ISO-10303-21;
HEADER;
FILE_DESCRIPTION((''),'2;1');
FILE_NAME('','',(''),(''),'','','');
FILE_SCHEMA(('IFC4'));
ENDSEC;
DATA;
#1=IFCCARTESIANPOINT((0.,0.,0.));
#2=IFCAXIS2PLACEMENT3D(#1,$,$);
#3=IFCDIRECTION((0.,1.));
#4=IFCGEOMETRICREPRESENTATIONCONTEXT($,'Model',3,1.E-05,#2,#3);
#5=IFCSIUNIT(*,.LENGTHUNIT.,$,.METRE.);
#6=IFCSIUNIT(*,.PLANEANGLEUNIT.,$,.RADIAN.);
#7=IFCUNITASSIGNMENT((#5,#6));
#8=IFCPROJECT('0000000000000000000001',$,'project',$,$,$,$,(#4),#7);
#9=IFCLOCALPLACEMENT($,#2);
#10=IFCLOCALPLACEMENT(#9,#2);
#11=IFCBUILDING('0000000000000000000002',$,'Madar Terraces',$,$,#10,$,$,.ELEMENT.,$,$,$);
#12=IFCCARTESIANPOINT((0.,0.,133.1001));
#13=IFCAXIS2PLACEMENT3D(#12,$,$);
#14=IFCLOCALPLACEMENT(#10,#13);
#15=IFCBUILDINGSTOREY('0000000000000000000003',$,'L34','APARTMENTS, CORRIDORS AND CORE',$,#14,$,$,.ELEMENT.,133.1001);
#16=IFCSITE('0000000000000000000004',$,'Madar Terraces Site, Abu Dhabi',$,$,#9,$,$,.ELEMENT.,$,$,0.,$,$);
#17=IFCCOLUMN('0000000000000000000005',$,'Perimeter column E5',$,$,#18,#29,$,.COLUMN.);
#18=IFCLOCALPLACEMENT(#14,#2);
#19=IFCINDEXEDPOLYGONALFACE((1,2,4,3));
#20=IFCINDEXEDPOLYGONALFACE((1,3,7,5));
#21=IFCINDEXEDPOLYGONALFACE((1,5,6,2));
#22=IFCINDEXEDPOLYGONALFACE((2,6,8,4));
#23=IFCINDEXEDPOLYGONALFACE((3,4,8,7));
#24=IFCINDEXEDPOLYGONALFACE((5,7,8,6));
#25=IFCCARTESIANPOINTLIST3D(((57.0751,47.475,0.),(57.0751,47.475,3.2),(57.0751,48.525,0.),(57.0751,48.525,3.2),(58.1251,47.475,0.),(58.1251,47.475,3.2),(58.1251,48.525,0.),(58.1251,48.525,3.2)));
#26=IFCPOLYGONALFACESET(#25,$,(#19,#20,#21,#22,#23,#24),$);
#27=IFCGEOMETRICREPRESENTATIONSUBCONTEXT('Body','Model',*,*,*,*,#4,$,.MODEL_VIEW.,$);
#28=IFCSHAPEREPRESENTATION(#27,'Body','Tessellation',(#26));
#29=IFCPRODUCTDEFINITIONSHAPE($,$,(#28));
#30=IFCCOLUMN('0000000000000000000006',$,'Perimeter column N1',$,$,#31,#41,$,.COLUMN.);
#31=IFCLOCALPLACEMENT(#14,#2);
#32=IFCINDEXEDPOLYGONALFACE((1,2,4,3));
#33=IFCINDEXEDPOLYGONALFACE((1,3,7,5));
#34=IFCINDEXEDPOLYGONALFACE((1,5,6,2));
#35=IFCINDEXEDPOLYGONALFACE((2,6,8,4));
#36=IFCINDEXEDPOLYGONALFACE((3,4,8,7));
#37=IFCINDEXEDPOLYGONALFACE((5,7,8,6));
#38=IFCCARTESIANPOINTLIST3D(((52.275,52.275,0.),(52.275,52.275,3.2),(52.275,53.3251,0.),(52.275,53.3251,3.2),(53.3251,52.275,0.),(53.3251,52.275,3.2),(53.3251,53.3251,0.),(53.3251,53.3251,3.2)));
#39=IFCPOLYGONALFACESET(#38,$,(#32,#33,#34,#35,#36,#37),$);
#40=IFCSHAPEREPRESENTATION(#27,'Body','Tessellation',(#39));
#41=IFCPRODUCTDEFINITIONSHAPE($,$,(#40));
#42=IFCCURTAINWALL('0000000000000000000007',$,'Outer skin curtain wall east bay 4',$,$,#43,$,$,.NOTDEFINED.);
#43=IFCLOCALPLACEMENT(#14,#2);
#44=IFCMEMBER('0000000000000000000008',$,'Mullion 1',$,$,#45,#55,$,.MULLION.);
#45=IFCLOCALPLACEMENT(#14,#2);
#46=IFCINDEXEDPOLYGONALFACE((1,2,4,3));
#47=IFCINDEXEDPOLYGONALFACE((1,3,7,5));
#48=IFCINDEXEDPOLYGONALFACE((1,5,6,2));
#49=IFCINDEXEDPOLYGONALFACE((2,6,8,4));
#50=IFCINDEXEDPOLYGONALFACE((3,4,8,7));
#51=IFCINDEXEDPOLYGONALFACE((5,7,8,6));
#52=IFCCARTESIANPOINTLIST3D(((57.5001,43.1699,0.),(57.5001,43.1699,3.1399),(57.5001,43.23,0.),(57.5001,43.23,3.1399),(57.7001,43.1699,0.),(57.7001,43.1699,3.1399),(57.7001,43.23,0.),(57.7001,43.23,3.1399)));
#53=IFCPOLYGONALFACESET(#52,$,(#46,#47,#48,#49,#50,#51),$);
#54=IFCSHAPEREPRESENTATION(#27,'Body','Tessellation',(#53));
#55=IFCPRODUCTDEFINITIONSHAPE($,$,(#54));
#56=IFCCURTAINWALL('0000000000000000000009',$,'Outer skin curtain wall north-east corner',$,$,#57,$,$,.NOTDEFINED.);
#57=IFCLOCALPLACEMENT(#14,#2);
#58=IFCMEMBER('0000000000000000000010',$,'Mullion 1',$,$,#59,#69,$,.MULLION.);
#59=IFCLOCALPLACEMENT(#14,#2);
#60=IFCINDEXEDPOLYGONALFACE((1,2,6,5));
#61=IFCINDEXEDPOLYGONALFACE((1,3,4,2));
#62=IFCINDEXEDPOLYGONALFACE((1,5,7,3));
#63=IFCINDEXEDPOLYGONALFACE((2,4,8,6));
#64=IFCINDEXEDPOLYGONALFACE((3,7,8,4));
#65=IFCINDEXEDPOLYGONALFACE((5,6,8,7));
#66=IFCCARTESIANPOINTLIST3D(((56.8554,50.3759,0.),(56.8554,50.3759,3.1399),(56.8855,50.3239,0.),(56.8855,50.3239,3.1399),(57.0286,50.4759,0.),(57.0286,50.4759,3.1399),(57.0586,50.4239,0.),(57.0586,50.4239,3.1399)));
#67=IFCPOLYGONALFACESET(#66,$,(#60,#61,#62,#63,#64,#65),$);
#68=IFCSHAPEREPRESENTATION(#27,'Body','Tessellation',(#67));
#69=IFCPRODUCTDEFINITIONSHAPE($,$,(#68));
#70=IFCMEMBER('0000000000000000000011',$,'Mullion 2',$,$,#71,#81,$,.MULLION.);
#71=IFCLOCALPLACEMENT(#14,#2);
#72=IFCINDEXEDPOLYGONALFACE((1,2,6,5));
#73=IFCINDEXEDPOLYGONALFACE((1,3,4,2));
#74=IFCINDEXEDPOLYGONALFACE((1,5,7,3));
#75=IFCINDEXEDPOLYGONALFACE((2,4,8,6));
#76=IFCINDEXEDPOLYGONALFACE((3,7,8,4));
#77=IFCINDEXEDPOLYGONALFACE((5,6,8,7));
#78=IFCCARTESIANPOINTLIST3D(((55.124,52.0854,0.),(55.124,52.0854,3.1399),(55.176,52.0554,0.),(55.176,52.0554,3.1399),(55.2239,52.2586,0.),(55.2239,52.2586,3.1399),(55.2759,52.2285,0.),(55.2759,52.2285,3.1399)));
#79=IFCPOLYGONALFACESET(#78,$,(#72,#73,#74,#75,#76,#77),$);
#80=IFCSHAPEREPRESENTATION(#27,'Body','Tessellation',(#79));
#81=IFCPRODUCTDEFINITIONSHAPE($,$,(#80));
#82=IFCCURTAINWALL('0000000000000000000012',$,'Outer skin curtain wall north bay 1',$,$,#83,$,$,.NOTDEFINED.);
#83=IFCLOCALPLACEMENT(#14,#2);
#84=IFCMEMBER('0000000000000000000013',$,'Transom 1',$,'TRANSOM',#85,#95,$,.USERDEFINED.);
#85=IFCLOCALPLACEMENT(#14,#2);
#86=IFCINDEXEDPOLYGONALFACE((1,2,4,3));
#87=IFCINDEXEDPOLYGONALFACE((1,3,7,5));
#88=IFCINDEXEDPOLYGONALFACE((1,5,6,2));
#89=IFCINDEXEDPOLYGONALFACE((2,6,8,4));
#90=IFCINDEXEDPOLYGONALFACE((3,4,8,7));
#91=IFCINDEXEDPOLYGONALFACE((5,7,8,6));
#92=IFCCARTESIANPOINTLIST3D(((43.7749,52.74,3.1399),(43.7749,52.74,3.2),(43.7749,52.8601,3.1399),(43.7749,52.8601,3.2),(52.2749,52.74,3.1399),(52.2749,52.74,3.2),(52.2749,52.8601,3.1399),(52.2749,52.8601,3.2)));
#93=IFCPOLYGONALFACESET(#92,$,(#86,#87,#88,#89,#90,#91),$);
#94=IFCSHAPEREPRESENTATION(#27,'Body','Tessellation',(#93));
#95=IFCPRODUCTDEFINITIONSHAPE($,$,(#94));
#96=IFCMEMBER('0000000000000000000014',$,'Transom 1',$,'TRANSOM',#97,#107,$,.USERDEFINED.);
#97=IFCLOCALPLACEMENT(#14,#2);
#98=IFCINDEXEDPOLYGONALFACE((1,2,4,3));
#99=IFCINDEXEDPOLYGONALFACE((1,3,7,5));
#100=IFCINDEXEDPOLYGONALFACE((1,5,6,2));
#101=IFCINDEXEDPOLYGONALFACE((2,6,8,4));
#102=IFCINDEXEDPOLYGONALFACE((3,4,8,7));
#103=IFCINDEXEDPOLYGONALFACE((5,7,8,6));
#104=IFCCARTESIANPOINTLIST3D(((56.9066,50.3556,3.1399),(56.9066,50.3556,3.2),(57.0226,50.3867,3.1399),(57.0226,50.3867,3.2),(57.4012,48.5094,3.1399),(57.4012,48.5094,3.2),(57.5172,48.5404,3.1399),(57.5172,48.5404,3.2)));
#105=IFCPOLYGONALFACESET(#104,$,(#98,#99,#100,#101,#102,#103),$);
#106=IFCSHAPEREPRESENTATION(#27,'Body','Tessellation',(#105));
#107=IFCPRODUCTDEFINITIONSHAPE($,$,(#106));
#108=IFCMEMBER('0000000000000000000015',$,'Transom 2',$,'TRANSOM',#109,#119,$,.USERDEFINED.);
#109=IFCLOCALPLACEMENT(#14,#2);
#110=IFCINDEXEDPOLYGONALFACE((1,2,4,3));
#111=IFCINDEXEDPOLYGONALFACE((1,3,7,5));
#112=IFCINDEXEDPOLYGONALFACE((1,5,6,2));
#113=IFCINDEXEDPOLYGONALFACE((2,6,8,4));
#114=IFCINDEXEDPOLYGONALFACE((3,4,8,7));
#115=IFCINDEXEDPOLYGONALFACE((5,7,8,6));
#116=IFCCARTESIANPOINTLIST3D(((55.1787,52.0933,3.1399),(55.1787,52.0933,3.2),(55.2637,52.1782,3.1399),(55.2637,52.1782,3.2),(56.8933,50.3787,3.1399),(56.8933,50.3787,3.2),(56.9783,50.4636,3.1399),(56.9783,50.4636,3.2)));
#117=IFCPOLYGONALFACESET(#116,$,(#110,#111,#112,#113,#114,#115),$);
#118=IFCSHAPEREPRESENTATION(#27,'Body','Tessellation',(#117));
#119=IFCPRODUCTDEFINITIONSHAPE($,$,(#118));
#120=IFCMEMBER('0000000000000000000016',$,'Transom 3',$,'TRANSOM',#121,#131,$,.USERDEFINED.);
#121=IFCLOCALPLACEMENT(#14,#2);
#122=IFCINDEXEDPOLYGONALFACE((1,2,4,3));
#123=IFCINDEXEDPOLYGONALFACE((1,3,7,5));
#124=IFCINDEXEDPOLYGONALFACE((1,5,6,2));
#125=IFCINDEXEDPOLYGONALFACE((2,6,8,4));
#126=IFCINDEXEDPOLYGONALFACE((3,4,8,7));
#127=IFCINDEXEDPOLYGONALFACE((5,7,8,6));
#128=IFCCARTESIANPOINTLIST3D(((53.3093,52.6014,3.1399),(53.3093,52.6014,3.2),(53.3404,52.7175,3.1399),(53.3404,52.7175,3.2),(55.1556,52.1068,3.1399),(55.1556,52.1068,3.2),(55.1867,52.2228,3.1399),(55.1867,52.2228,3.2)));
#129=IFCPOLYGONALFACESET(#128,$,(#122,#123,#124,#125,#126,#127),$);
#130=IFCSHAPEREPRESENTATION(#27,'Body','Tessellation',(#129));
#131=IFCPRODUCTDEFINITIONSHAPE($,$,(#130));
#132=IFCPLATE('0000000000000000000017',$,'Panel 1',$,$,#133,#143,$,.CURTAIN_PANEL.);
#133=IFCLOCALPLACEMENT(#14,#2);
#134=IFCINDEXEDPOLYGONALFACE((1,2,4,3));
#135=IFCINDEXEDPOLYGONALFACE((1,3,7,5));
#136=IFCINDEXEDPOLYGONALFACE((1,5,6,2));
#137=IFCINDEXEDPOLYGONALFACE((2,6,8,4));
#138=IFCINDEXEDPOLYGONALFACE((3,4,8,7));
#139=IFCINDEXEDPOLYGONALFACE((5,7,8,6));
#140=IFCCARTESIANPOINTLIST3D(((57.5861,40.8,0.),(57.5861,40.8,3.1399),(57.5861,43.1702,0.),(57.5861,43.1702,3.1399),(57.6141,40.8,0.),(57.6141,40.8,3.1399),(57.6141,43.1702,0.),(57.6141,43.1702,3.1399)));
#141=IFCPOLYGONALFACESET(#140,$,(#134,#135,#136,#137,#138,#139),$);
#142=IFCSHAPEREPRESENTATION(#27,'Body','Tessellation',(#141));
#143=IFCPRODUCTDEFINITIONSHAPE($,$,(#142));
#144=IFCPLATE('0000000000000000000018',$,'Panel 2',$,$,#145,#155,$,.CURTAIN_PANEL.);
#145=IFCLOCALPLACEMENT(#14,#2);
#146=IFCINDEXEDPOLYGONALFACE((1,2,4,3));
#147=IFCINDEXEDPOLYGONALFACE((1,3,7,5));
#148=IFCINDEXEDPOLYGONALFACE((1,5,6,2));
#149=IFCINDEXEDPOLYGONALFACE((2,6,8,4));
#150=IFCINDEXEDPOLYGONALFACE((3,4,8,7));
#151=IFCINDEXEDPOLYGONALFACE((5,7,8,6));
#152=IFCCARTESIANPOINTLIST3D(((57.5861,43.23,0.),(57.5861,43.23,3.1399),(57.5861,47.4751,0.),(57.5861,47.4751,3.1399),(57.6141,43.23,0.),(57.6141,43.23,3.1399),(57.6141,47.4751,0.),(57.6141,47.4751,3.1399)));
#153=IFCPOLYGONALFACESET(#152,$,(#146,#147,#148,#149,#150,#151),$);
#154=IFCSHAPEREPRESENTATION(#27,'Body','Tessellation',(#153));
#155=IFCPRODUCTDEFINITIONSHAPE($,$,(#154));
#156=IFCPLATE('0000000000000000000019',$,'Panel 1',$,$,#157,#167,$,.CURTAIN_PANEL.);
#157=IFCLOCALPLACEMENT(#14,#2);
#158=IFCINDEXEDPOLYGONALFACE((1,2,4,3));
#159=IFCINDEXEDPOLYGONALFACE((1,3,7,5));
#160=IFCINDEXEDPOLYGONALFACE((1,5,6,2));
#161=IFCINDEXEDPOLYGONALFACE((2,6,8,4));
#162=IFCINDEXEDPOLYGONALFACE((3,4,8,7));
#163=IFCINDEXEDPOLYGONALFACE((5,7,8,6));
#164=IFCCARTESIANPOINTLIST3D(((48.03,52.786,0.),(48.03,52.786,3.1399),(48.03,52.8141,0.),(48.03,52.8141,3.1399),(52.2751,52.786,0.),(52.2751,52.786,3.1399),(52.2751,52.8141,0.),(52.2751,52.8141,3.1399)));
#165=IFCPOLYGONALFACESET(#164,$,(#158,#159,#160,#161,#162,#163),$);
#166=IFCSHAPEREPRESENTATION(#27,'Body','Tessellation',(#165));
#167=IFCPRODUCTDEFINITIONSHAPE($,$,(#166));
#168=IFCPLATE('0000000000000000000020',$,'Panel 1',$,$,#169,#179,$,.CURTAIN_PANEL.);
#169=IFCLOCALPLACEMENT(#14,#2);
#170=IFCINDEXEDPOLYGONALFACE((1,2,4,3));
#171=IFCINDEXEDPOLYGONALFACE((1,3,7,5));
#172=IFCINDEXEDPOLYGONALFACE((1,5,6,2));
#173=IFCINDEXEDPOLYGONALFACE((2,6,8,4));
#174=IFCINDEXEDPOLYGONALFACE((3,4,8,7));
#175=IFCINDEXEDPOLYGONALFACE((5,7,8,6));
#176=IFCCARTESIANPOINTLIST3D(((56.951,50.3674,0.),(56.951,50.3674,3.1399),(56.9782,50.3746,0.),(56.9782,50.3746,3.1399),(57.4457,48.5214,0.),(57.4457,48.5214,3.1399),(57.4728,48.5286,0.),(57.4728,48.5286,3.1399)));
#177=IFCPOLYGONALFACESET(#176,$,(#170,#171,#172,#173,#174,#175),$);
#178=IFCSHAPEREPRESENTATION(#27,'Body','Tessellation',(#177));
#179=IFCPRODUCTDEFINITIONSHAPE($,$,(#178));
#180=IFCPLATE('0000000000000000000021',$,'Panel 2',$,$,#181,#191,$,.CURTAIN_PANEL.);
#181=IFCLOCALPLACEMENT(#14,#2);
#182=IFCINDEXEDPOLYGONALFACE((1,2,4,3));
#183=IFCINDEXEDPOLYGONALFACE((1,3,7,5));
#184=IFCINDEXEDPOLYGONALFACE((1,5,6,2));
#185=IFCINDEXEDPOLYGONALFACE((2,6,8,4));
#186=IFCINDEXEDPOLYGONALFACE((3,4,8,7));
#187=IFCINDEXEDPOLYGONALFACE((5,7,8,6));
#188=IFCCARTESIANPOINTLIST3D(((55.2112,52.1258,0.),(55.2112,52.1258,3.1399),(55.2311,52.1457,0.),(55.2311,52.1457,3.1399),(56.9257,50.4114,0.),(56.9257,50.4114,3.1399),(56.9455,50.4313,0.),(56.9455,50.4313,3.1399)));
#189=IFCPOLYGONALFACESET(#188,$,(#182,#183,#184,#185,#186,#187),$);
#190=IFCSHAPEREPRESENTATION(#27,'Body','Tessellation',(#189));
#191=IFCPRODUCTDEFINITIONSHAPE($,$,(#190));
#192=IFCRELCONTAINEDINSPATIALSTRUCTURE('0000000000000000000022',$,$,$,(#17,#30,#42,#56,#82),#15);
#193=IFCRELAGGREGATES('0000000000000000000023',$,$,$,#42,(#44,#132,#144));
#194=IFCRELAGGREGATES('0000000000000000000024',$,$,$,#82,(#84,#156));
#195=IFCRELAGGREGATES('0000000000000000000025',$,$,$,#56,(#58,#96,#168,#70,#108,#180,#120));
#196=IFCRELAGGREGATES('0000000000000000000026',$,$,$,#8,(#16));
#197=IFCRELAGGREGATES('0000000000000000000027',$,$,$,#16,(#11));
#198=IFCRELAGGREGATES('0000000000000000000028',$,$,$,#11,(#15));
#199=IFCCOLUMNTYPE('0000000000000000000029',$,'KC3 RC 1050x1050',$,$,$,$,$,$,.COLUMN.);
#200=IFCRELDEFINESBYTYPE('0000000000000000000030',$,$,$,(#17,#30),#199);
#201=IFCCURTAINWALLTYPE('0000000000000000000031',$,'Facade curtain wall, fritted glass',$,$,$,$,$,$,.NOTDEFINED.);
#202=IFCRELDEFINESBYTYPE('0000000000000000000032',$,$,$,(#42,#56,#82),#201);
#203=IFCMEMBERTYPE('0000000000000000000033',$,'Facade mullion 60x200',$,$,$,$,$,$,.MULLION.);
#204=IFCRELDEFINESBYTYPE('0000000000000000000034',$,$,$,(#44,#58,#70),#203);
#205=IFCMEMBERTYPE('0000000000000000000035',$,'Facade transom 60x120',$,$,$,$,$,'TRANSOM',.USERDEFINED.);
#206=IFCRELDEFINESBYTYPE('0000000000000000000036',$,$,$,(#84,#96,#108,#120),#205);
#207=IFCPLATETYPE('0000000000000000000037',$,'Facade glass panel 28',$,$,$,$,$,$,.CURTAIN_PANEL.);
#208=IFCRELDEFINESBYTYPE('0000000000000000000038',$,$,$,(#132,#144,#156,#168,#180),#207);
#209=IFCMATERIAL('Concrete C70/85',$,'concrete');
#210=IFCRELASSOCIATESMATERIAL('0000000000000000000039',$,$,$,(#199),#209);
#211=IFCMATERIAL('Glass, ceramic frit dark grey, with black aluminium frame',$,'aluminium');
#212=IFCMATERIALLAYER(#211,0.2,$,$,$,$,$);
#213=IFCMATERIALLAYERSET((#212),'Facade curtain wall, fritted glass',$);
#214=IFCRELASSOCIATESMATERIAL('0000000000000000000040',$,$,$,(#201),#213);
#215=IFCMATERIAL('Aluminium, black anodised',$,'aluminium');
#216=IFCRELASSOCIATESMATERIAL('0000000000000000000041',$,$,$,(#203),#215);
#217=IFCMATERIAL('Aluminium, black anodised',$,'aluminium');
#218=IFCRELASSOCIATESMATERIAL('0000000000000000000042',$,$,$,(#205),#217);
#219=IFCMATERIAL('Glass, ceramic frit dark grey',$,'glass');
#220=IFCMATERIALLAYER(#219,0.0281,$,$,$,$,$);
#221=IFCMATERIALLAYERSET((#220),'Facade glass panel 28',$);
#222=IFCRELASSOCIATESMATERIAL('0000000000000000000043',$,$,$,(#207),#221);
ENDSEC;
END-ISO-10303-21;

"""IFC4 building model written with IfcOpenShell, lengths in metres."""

from ifc_helpers import new_model, si_unit, direction, frame, origin, origin_2d, place, context, subcontext, project, spatial, rectangle, extrude, material, layer, layer_set, material_profile, profile_set, type_object, element, aggregate, save


model = new_model("IFC4")

# Units and contexts
model_context = context("Model", 3, precision=1e-05, world=origin(), true_north=direction((0.0, 1.0)))
body_context = subcontext(model_context, "Body", "Model", "MODEL_VIEW")
ifc_project = project(units=[si_unit("LENGTHUNIT", "METRE"), si_unit("PLANEANGLEUNIT", "RADIAN")], contexts=[model_context])

# Site, building, storey
site_placement = place(None, origin())
site = spatial("IfcSite", under=ifc_project, at=site_placement, Name="Madar Terraces Site, Abu Dhabi", CompositionType="ELEMENT", RefElevation=0.0)
building_placement = place(site_placement, origin())
building = spatial("IfcBuilding", under=site, at=building_placement, Name="Madar Terraces", CompositionType="ELEMENT")
storey_placement = place(building_placement, frame((0.0, 0.0, 133.1001)))
storey = spatial("IfcBuildingStorey", under=building, at=storey_placement, Name="L34", Description="APARTMENTS, CORRIDORS AND CORE", CompositionType="ELEMENT", Elevation=133.1001)

# Columns
ifc_material_1 = material(Name="Concrete C70/85", Category="concrete")
ifc_material_profile_1 = material_profile(ifc_material_1, rectangle(XDim=1.05, YDim=1.05, at=origin_2d()), Name="KC3 RC 1050x1050")
ifc_profile_set_1 = profile_set([ifc_material_profile_1], Name="Concrete C70/85")
column_type = type_object("IfcColumnType", Name="KC3 RC 1050x1050", PredefinedType="COLUMN", material=ifc_profile_set_1)
for number, where, z_axis, x_axis, name in (
    (1, (57.6001, 48.0, 0.0), (0.0, 0.0, 1.0), (1.0, 0.0, 0.0), "Perimeter column E5"),
    (2, (52.8, 52.8, 0.0), (0.0, 0.0, 1.0), (1.0, 0.0, 0.0), "Perimeter column N1"),
):
    element("IfcColumn", number, at=place(storey_placement, frame(where, z_axis=z_axis, x_axis=x_axis)), inside=storey, type_object=column_type, Name=name, PredefinedType="COLUMN", context=body_context, shape_type="SweptSolid", body=[
        extrude(rectangle(XDim=1.05, YDim=1.05, at=origin_2d()), origin(), (0.0, 0.0, 1.0), 3.2),
    ])

# Curtain wall, member
ifc_material_2 = material(Name="Glass, ceramic frit dark grey, with black aluminium frame", Category="aluminium")
ifc_layer_1 = layer(ifc_material_2, 0.2)
ifc_layer_set_1 = layer_set([ifc_layer_1], Name="Facade curtain wall, fritted glass")
curtain_wall_type = type_object("IfcCurtainWallType", Name="Facade curtain wall, fritted glass", PredefinedType="NOTDEFINED", material=ifc_layer_set_1)
curtain_wall_1_placement = place(storey_placement, origin())
curtain_wall_1 = element("IfcCurtainWall", 3, at=curtain_wall_1_placement, inside=storey, type_object=curtain_wall_type, Name="Outer skin curtain wall east bay 4", PredefinedType="NOTDEFINED")
ifc_material_3 = material(Name="Aluminium, black anodised", Category="aluminium")
ifc_material_profile_2 = material_profile(ifc_material_3, rectangle(XDim=0.2, YDim=0.0601, at=origin_2d()), Name="Facade mullion 60x200")
ifc_profile_set_2 = profile_set([ifc_material_profile_2], Name="Aluminium, black anodised")
member_type_1 = type_object("IfcMemberType", Name="Facade mullion 60x200", PredefinedType="MULLION", material=ifc_profile_set_2)
member_1_placement = place(storey_placement, frame((57.6001, 43.2, 0.0), z_axis=(0.0, 0.0, 1.0), x_axis=(-1.0, 0.0, 0.0)))
member_1 = element("IfcMember", 4, at=member_1_placement, type_object=member_type_1, Name="Mullion 1", PredefinedType="MULLION", context=body_context, shape_type="SweptSolid", body=[
    extrude(rectangle(XDim=0.2, YDim=0.0601, at=origin_2d()), origin(), (0.0, 0.0, 1.0), 3.1399),
])

# Curtain wall, members
curtain_wall_2_placement = place(storey_placement, origin())
curtain_wall_2 = element("IfcCurtainWall", 5, at=curtain_wall_2_placement, inside=storey, type_object=curtain_wall_type, Name="Outer skin curtain wall north-east corner", PredefinedType="NOTDEFINED")
member_2_placement = place(storey_placement, frame((56.957, 50.3999, 0.0), z_axis=(0.0, 0.0, 1.0), x_axis=(-0.866025, -0.5, 0.0)))
member_2 = element("IfcMember", 6, at=member_2_placement, type_object=member_type_1, Name="Mullion 1", PredefinedType="MULLION", context=body_context, shape_type="SweptSolid", body=[
    extrude(rectangle(XDim=0.2, YDim=0.0601, at=origin_2d()), origin(), (0.0, 0.0, 1.0), 3.1399),
])
member_3_placement = place(storey_placement, frame((55.2, 52.157, 0.0), z_axis=(0.0, 0.0, 1.0), x_axis=(-0.5, -0.866025, 0.0)))
member_3 = element("IfcMember", 7, at=member_3_placement, type_object=member_type_1, Name="Mullion 2", PredefinedType="MULLION", context=body_context, shape_type="SweptSolid", body=[
    extrude(rectangle(XDim=0.2, YDim=0.0601, at=origin_2d()), origin(), (0.0, 0.0, 1.0), 3.1399),
])

# Curtain wall, member
curtain_wall_3_placement = place(storey_placement, origin())
curtain_wall_3 = element("IfcCurtainWall", 8, at=curtain_wall_3_placement, inside=storey, type_object=curtain_wall_type, Name="Outer skin curtain wall north bay 1", PredefinedType="NOTDEFINED")
ifc_material_4 = material(Name="Aluminium, black anodised", Category="aluminium")
ifc_material_profile_3 = material_profile(ifc_material_4, rectangle(XDim=0.1201, YDim=0.0601, at=origin_2d()), Name="Facade transom 60x120")
ifc_profile_set_3 = profile_set([ifc_material_profile_3], Name="Aluminium, black anodised")
member_type_2 = type_object("IfcMemberType", Name="Facade transom 60x120", ElementType="TRANSOM", PredefinedType="USERDEFINED", material=ifc_profile_set_3)
member_4_placement = place(storey_placement, frame((52.2749, 52.8, 3.1699), z_axis=(-1.0, 0.0, 0.0), x_axis=(0.0, -1.0, 0.0)))
member_4 = element("IfcMember", 9, at=member_4_placement, type_object=member_type_2, Name="Transom 1", ObjectType="TRANSOM", PredefinedType="USERDEFINED", context=body_context, shape_type="SweptSolid", body=[
    extrude(rectangle(XDim=0.1201, YDim=0.0601, at=origin_2d()), origin(), (0.0, 0.0, 1.0), 8.5),
])

# Members
member_5_placement = place(storey_placement, frame((57.4592, 48.5249, 3.1699), z_axis=(-0.258791, 0.965933, 0.0), x_axis=(-0.965933, -0.258791, 0.0)))
member_5 = element("IfcMember", 10, at=member_5_placement, type_object=member_type_2, Name="Transom 1", ObjectType="TRANSOM", PredefinedType="USERDEFINED", context=body_context, shape_type="SweptSolid", body=[
    extrude(rectangle(XDim=0.1201, YDim=0.0601, at=origin_2d()), origin(), (0.0, 0.0, 1.0), 1.9114),
])
member_6_placement = place(storey_placement, frame((56.9358, 50.4211, 3.1699), z_axis=(-0.707107, 0.707107, 0.0), x_axis=(-0.707107, -0.707107, 0.0)))
member_6 = element("IfcMember", 11, at=member_6_placement, type_object=member_type_2, Name="Transom 2", ObjectType="TRANSOM", PredefinedType="USERDEFINED", context=body_context, shape_type="SweptSolid", body=[
    extrude(rectangle(XDim=0.1201, YDim=0.0601, at=origin_2d()), origin(), (0.0, 0.0, 1.0), 2.4248),
])
member_7_placement = place(storey_placement, frame((55.1711, 52.1648, 3.1699), z_axis=(-0.965933, 0.258791, 0.0), x_axis=(-0.258791, -0.965933, 0.0)))
member_7 = element("IfcMember", 12, at=member_7_placement, type_object=member_type_2, Name="Transom 3", ObjectType="TRANSOM", PredefinedType="USERDEFINED", context=body_context, shape_type="SweptSolid", body=[
    extrude(rectangle(XDim=0.1201, YDim=0.0601, at=origin_2d()), origin(), (0.0, 0.0, 1.0), 1.9114),
])

# Plates
ifc_material_5 = material(Name="Glass, ceramic frit dark grey", Category="glass")
ifc_layer_2 = layer(ifc_material_5, 0.0281)
ifc_layer_set_2 = layer_set([ifc_layer_2], Name="Facade glass panel 28")
plate_type = type_object("IfcPlateType", Name="Facade glass panel 28", PredefinedType="CURTAIN_PANEL", material=ifc_layer_set_2)
plate_1_placement = place(storey_placement, frame((57.6001, 41.9851, 0.0), z_axis=(0.0, 0.0, 1.0), x_axis=(0.0, 1.0, 0.0)))
plate_1 = element("IfcPlate", 13, at=plate_1_placement, type_object=plate_type, Name="Panel 1", PredefinedType="CURTAIN_PANEL", context=body_context, shape_type="SweptSolid", body=[
    extrude(rectangle(XDim=2.3701, YDim=0.0281, at=origin_2d()), origin(), (0.0, 0.0, 1.0), 3.1399),
])
plate_2_placement = place(storey_placement, frame((57.6001, 45.3525, 0.0), z_axis=(0.0, 0.0, 1.0), x_axis=(0.0, 1.0, 0.0)))
plate_2 = element("IfcPlate", 14, at=plate_2_placement, type_object=plate_type, Name="Panel 2", PredefinedType="CURTAIN_PANEL", context=body_context, shape_type="SweptSolid", body=[
    extrude(rectangle(XDim=4.2451, YDim=0.0281, at=origin_2d()), origin(), (0.0, 0.0, 1.0), 3.1399),
])
aggregate(curtain_wall_1, [member_1, plate_1, plate_2])
plate_3_placement = place(storey_placement, frame((50.1526, 52.8, 0.0), z_axis=(0.0, 0.0, 1.0), x_axis=(-1.0, 0.0, 0.0)))
plate_3 = element("IfcPlate", 15, at=plate_3_placement, type_object=plate_type, Name="Panel 1", PredefinedType="CURTAIN_PANEL", context=body_context, shape_type="SweptSolid", body=[
    extrude(rectangle(XDim=4.2451, YDim=0.0281, at=origin_2d()), origin(), (0.0, 0.0, 1.0), 3.1399),
])
aggregate(curtain_wall_3, [member_4, plate_3])
plate_4_placement = place(storey_placement, frame((57.2119, 49.448, 0.0), z_axis=(0.0, 0.0, 1.0), x_axis=(-0.258819, 0.965926, 0.0)))
plate_4 = element("IfcPlate", 16, at=plate_4_placement, type_object=plate_type, Name="Panel 1", PredefinedType="CURTAIN_PANEL", context=body_context, shape_type="SweptSolid", body=[
    extrude(rectangle(XDim=1.9111, YDim=0.0281, at=origin_2d()), origin(), (0.0, 0.0, 1.0), 3.1399),
])
plate_5_placement = place(storey_placement, frame((56.0784, 51.2786, 0.0), z_axis=(0.0, 0.0, 1.0), x_axis=(-0.707107, 0.707107, 0.0)))
plate_5 = element("IfcPlate", 17, at=plate_5_placement, type_object=plate_type, Name="Panel 2", PredefinedType="CURTAIN_PANEL", context=body_context, shape_type="SweptSolid", body=[
    extrude(rectangle(XDim=2.4246, YDim=0.0281, at=origin_2d()), origin(), (0.0, 0.0, 1.0), 3.1399),
])
aggregate(curtain_wall_2, [member_2, member_5, plate_4, member_3, member_6, plate_5, member_7])

save(model, "model.ifc")
